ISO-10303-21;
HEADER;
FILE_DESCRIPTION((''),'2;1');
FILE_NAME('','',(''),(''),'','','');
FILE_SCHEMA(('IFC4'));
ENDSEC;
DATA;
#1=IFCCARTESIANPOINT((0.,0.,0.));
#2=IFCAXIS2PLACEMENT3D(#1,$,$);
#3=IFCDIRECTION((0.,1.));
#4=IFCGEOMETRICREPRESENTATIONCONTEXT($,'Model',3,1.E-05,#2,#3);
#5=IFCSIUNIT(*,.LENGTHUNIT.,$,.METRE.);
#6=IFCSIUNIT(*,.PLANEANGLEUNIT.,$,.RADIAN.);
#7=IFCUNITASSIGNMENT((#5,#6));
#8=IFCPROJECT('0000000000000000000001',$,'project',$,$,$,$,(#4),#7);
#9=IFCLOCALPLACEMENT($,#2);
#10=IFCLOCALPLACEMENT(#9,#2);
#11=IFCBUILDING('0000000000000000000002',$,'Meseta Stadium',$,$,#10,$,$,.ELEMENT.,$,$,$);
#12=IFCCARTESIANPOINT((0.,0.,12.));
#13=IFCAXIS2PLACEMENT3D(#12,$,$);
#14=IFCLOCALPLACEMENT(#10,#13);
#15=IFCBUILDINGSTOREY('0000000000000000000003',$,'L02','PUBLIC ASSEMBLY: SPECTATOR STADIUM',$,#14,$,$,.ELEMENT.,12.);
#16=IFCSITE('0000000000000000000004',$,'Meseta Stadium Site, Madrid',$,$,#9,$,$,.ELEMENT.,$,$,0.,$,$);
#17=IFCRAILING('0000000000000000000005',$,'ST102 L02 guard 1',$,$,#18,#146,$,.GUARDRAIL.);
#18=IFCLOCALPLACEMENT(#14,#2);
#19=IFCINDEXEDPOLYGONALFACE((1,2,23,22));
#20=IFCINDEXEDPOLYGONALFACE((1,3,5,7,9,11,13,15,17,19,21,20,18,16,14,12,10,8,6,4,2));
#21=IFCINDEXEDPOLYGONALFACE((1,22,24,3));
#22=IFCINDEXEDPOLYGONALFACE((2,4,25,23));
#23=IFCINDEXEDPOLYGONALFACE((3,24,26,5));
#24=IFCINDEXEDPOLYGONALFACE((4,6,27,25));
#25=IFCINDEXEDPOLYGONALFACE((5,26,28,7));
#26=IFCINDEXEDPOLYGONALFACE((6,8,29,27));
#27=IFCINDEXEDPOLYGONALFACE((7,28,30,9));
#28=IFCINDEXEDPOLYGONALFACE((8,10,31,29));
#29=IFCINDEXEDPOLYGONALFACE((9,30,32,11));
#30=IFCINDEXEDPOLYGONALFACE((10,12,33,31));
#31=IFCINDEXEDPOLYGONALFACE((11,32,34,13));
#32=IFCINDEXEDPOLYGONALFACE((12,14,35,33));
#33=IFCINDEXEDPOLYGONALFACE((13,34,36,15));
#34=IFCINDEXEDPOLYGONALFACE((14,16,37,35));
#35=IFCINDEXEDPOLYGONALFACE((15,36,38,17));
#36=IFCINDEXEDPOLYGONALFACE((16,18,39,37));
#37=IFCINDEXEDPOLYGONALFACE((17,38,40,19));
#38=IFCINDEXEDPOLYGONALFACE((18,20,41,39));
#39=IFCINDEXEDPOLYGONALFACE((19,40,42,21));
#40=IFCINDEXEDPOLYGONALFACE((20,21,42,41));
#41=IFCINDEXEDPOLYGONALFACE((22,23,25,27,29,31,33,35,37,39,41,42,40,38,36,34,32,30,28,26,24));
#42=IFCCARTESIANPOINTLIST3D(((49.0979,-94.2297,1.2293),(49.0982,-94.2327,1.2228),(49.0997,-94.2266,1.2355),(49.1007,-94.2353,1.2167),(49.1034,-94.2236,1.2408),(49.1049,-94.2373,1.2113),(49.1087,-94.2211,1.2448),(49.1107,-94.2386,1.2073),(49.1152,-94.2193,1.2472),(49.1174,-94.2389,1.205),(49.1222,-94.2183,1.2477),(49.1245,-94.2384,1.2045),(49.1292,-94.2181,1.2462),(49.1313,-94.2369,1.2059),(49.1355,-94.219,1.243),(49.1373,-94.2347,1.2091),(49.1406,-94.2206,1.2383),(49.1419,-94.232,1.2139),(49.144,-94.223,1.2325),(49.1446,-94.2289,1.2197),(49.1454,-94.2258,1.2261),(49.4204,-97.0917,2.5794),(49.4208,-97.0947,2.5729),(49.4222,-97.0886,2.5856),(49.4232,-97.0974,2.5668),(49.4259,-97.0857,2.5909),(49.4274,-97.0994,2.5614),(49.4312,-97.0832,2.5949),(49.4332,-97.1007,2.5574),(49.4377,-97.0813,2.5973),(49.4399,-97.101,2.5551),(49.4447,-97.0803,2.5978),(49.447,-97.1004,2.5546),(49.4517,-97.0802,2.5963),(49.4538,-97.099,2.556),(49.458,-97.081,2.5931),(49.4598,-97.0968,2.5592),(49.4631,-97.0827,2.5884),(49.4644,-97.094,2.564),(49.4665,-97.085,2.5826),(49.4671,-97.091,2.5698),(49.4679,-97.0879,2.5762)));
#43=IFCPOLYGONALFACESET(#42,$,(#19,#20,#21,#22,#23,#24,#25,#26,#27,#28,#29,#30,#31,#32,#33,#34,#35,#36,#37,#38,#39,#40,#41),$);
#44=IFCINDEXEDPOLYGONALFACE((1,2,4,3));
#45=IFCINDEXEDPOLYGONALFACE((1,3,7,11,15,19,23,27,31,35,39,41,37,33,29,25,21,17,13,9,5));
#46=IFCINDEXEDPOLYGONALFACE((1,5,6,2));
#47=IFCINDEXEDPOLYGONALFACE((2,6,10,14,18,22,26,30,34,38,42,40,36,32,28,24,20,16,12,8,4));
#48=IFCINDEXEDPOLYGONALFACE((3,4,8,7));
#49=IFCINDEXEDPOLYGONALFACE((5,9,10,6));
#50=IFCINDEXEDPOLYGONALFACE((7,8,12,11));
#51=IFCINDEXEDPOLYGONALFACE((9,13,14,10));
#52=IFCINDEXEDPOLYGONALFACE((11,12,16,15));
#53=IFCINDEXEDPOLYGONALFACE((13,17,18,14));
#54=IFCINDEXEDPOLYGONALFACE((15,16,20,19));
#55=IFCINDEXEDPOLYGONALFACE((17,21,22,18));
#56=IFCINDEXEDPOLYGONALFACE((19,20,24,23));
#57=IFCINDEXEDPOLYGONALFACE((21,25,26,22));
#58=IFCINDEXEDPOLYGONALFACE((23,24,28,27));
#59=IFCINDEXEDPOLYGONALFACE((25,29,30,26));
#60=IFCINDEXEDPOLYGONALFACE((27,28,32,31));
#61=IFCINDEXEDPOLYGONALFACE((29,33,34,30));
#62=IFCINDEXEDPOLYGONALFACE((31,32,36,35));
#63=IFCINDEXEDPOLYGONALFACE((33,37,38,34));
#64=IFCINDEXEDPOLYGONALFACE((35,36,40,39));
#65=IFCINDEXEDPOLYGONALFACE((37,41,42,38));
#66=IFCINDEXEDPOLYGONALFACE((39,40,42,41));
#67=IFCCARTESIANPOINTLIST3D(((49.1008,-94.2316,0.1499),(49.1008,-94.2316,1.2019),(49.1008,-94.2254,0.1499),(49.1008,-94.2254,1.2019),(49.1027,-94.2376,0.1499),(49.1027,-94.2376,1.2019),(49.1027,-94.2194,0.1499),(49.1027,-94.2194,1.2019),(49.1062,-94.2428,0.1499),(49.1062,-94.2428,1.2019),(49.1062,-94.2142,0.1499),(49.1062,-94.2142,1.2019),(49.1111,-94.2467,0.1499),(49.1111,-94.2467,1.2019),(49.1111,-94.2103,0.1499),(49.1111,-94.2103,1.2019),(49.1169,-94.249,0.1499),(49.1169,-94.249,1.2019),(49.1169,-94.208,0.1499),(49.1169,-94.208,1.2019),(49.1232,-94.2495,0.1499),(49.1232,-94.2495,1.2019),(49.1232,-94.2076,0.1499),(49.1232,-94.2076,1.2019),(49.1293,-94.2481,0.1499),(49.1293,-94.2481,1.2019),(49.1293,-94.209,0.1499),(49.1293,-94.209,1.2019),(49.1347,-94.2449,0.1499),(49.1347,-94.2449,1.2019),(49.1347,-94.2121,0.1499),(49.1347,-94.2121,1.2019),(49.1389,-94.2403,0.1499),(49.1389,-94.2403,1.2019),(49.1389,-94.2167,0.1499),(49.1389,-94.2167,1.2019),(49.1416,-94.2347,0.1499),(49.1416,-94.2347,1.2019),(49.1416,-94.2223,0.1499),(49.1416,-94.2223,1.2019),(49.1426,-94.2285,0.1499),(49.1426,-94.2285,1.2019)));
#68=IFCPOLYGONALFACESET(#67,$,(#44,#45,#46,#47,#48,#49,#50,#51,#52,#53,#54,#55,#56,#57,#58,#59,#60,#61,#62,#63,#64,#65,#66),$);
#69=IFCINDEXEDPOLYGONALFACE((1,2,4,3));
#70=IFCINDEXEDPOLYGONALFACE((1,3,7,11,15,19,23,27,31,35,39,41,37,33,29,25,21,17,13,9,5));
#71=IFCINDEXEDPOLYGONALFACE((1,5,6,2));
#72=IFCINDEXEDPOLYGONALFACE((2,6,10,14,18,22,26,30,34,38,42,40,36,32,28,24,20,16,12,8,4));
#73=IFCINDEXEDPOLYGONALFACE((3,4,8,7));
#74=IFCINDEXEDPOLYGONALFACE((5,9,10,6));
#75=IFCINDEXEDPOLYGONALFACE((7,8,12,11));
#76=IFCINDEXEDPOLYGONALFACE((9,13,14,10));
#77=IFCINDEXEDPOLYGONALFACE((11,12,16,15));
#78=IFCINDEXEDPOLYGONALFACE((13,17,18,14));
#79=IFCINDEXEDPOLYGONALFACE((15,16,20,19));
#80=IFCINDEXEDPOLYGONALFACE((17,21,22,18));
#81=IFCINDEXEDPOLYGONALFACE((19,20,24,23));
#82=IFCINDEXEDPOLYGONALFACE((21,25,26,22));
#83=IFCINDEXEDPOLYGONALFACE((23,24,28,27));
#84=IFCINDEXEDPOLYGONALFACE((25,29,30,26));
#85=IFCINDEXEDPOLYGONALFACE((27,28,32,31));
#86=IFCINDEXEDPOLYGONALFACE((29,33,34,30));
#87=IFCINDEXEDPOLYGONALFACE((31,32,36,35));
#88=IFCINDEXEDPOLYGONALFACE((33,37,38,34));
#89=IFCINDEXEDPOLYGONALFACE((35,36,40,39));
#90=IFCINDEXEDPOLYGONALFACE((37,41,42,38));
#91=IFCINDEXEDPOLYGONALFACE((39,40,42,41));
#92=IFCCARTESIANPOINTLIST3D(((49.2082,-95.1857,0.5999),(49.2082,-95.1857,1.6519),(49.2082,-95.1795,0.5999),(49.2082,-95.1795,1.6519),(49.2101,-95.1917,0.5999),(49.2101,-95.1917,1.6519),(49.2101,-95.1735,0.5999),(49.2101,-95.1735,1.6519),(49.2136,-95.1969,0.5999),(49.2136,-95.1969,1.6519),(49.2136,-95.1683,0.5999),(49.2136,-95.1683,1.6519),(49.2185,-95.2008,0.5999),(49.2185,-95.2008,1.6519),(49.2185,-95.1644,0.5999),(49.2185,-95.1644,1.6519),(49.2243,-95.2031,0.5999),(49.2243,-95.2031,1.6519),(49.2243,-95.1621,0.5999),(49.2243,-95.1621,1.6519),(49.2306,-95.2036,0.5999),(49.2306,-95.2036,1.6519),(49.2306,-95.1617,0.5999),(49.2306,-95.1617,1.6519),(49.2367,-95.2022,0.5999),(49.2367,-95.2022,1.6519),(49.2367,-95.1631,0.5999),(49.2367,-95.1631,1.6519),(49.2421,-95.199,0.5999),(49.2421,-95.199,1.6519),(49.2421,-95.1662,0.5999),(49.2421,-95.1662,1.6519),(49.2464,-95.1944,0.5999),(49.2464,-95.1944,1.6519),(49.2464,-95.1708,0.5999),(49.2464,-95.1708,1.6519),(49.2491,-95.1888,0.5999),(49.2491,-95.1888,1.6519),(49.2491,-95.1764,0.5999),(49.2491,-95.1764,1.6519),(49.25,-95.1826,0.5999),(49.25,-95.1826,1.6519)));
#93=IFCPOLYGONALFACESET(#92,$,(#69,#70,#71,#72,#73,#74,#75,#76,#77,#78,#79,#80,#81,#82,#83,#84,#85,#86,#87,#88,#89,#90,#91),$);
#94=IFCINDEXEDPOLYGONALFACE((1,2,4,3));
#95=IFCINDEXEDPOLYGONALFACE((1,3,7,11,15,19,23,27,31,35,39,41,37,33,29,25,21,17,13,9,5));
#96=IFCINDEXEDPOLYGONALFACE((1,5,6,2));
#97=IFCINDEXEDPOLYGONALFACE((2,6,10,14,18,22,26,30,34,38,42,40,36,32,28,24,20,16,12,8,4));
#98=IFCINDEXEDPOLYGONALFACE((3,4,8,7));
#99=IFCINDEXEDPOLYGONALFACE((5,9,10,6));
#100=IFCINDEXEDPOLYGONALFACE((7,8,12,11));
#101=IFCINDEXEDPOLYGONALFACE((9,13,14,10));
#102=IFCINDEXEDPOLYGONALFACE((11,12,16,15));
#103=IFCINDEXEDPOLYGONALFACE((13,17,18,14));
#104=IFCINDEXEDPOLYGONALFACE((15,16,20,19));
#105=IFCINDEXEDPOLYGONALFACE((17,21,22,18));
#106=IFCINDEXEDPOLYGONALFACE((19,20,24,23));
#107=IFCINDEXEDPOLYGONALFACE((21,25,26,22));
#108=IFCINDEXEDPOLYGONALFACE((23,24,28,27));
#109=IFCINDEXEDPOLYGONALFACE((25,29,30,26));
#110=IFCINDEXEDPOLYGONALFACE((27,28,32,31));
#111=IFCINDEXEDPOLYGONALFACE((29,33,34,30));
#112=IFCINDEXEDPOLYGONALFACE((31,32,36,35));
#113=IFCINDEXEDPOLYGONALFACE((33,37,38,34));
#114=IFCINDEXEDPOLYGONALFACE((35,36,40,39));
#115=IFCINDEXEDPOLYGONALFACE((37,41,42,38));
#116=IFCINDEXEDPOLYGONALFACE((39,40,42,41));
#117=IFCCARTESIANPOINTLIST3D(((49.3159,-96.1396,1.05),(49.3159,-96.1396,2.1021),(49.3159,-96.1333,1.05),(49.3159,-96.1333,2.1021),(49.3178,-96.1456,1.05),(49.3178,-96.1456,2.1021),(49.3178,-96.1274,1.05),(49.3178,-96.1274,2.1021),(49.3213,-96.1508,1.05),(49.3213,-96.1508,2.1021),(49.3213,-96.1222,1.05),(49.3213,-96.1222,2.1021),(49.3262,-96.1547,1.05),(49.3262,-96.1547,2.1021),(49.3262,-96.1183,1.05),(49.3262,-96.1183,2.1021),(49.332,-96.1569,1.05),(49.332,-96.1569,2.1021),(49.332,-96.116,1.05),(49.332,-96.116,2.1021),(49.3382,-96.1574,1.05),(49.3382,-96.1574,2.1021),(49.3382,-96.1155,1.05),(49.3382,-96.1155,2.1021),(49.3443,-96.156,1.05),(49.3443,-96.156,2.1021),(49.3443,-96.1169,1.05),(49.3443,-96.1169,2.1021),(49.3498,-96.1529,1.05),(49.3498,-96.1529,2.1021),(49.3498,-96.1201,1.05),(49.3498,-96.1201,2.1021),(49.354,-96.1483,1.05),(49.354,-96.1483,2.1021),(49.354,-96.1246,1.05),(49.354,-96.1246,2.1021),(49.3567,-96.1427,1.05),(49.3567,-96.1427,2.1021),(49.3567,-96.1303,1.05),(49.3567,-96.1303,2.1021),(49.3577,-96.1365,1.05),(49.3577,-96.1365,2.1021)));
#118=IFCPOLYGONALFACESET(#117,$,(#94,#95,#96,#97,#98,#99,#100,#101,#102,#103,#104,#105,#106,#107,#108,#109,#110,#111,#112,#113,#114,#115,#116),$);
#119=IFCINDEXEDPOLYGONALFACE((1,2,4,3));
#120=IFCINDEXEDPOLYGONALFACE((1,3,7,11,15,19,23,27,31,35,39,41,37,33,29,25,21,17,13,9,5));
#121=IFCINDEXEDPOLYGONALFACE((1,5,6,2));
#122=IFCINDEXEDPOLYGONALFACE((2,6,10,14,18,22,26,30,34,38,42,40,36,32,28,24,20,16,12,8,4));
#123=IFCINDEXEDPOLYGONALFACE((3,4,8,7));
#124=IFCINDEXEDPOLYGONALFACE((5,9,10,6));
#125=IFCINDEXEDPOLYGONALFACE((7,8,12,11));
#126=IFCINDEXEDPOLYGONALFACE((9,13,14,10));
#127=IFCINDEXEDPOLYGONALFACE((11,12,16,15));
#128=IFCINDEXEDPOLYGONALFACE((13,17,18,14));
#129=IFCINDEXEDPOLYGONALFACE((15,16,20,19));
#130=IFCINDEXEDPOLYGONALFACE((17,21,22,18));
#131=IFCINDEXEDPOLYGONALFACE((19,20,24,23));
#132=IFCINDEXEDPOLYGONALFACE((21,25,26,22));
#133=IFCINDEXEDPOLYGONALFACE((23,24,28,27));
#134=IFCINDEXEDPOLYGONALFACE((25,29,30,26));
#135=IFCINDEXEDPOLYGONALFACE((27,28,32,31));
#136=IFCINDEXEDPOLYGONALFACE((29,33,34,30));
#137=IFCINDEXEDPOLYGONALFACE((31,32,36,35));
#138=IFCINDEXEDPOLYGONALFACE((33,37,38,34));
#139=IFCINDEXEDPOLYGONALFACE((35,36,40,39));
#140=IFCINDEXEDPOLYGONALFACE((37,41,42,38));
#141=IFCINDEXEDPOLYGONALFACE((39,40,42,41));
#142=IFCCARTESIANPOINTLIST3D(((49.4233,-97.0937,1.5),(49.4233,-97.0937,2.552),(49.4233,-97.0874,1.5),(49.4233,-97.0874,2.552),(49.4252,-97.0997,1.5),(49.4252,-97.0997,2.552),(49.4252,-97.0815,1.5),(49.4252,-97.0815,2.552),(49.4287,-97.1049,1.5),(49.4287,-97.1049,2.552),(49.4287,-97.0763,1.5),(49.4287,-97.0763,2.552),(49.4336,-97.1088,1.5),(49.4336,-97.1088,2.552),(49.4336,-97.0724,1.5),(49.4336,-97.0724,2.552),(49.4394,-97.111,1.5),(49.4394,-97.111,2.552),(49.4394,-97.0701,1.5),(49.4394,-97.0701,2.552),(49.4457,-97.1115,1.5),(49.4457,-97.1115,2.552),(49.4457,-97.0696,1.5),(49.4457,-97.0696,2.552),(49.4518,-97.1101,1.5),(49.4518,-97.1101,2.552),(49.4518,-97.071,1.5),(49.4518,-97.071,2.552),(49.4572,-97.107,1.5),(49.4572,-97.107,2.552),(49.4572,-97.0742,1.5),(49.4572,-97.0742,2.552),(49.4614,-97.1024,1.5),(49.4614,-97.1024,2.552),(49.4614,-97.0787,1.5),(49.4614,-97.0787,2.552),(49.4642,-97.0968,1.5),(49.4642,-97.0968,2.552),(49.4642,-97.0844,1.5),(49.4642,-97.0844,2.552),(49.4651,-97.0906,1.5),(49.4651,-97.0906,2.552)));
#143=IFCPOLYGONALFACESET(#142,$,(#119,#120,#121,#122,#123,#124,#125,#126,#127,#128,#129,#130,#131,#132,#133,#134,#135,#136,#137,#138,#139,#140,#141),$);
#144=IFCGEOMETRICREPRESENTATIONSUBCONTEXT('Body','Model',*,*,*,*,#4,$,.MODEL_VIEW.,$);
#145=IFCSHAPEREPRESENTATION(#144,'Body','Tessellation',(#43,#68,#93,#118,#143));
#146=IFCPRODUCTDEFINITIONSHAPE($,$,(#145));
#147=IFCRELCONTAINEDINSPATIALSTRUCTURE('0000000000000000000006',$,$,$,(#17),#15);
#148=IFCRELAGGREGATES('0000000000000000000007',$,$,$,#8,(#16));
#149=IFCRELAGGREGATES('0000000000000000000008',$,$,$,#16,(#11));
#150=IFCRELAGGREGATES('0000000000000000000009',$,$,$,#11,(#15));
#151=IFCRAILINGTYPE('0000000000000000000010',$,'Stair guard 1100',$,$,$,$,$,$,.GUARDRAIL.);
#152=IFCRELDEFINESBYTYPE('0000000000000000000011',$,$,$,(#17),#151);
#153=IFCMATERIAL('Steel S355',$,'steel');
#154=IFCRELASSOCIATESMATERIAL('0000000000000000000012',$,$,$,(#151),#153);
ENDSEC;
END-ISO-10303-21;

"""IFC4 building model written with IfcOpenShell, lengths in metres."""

from ifc_helpers import new_model, si_unit, direction, frame, origin, origin_2d, place, context, subcontext, project, spatial, circle, extrude, material, type_object, element, save


model = new_model("IFC4")

# Units and contexts
model_context = context("Model", 3, precision=1e-05, world=origin(), true_north=direction((0.0, 1.0)))
body_context = subcontext(model_context, "Body", "Model", "MODEL_VIEW")
ifc_project = project(units=[si_unit("LENGTHUNIT", "METRE"), si_unit("PLANEANGLEUNIT", "RADIAN")], contexts=[model_context])

# Site, building, storey
site_placement = place(None, origin())
site = spatial("IfcSite", under=ifc_project, at=site_placement, Name="Meseta Stadium Site, Madrid", CompositionType="ELEMENT", RefElevation=0.0)
building_placement = place(site_placement, origin())
building = spatial("IfcBuilding", under=site, at=building_placement, Name="Meseta Stadium", CompositionType="ELEMENT")
storey_placement = place(building_placement, frame((0.0, 0.0, 12.0)))
storey = spatial("IfcBuildingStorey", under=building, at=storey_placement, Name="L02", Description="PUBLIC ASSEMBLY: SPECTATOR STADIUM", CompositionType="ELEMENT", Elevation=12.0)

# Railing
ifc_material_1 = material(Name="Steel S355", Category="steel")
railing_type_1 = type_object("IfcRailingType", Name="Stair guard 1100", PredefinedType="GUARDRAIL", material=ifc_material_1)
railing_1_placement = place(storey_placement, frame((49.1216, -94.2285, 0.1499)))
element("IfcRailing", 1, at=railing_1_placement, inside=storey, type_object=railing_type_1, Name="ST102 L02 guard 1", PredefinedType="GUARDRAIL", context=body_context, shape_type="SweptSolid", body=[
    extrude(circle(Radius=0.0239, at=origin_2d()), frame((0.0, 0.0, 1.0762), z_axis=(0.101389, -0.899763, 0.424438), x_axis=(0.993711, 0.111976, 0.0)), (0.0, 0.0, 1.0), 3.1809),
    extrude(circle(Radius=0.021, at=origin_2d()), origin(), (0.0, 0.0, 1.0), 1.052),
    extrude(circle(Radius=0.021, at=origin_2d()), frame((0.1074, -0.9541, 0.45)), (0.0, 0.0, 1.0), 1.052),
    extrude(circle(Radius=0.021, at=origin_2d()), frame((0.2151, -1.908, 0.9001)), (0.0, 0.0, 1.0), 1.052),
    extrude(circle(Radius=0.021, at=origin_2d()), frame((0.3225, -2.8621, 1.3501)), (0.0, 0.0, 1.0), 1.052),
])

save(model, "model.ifc")
